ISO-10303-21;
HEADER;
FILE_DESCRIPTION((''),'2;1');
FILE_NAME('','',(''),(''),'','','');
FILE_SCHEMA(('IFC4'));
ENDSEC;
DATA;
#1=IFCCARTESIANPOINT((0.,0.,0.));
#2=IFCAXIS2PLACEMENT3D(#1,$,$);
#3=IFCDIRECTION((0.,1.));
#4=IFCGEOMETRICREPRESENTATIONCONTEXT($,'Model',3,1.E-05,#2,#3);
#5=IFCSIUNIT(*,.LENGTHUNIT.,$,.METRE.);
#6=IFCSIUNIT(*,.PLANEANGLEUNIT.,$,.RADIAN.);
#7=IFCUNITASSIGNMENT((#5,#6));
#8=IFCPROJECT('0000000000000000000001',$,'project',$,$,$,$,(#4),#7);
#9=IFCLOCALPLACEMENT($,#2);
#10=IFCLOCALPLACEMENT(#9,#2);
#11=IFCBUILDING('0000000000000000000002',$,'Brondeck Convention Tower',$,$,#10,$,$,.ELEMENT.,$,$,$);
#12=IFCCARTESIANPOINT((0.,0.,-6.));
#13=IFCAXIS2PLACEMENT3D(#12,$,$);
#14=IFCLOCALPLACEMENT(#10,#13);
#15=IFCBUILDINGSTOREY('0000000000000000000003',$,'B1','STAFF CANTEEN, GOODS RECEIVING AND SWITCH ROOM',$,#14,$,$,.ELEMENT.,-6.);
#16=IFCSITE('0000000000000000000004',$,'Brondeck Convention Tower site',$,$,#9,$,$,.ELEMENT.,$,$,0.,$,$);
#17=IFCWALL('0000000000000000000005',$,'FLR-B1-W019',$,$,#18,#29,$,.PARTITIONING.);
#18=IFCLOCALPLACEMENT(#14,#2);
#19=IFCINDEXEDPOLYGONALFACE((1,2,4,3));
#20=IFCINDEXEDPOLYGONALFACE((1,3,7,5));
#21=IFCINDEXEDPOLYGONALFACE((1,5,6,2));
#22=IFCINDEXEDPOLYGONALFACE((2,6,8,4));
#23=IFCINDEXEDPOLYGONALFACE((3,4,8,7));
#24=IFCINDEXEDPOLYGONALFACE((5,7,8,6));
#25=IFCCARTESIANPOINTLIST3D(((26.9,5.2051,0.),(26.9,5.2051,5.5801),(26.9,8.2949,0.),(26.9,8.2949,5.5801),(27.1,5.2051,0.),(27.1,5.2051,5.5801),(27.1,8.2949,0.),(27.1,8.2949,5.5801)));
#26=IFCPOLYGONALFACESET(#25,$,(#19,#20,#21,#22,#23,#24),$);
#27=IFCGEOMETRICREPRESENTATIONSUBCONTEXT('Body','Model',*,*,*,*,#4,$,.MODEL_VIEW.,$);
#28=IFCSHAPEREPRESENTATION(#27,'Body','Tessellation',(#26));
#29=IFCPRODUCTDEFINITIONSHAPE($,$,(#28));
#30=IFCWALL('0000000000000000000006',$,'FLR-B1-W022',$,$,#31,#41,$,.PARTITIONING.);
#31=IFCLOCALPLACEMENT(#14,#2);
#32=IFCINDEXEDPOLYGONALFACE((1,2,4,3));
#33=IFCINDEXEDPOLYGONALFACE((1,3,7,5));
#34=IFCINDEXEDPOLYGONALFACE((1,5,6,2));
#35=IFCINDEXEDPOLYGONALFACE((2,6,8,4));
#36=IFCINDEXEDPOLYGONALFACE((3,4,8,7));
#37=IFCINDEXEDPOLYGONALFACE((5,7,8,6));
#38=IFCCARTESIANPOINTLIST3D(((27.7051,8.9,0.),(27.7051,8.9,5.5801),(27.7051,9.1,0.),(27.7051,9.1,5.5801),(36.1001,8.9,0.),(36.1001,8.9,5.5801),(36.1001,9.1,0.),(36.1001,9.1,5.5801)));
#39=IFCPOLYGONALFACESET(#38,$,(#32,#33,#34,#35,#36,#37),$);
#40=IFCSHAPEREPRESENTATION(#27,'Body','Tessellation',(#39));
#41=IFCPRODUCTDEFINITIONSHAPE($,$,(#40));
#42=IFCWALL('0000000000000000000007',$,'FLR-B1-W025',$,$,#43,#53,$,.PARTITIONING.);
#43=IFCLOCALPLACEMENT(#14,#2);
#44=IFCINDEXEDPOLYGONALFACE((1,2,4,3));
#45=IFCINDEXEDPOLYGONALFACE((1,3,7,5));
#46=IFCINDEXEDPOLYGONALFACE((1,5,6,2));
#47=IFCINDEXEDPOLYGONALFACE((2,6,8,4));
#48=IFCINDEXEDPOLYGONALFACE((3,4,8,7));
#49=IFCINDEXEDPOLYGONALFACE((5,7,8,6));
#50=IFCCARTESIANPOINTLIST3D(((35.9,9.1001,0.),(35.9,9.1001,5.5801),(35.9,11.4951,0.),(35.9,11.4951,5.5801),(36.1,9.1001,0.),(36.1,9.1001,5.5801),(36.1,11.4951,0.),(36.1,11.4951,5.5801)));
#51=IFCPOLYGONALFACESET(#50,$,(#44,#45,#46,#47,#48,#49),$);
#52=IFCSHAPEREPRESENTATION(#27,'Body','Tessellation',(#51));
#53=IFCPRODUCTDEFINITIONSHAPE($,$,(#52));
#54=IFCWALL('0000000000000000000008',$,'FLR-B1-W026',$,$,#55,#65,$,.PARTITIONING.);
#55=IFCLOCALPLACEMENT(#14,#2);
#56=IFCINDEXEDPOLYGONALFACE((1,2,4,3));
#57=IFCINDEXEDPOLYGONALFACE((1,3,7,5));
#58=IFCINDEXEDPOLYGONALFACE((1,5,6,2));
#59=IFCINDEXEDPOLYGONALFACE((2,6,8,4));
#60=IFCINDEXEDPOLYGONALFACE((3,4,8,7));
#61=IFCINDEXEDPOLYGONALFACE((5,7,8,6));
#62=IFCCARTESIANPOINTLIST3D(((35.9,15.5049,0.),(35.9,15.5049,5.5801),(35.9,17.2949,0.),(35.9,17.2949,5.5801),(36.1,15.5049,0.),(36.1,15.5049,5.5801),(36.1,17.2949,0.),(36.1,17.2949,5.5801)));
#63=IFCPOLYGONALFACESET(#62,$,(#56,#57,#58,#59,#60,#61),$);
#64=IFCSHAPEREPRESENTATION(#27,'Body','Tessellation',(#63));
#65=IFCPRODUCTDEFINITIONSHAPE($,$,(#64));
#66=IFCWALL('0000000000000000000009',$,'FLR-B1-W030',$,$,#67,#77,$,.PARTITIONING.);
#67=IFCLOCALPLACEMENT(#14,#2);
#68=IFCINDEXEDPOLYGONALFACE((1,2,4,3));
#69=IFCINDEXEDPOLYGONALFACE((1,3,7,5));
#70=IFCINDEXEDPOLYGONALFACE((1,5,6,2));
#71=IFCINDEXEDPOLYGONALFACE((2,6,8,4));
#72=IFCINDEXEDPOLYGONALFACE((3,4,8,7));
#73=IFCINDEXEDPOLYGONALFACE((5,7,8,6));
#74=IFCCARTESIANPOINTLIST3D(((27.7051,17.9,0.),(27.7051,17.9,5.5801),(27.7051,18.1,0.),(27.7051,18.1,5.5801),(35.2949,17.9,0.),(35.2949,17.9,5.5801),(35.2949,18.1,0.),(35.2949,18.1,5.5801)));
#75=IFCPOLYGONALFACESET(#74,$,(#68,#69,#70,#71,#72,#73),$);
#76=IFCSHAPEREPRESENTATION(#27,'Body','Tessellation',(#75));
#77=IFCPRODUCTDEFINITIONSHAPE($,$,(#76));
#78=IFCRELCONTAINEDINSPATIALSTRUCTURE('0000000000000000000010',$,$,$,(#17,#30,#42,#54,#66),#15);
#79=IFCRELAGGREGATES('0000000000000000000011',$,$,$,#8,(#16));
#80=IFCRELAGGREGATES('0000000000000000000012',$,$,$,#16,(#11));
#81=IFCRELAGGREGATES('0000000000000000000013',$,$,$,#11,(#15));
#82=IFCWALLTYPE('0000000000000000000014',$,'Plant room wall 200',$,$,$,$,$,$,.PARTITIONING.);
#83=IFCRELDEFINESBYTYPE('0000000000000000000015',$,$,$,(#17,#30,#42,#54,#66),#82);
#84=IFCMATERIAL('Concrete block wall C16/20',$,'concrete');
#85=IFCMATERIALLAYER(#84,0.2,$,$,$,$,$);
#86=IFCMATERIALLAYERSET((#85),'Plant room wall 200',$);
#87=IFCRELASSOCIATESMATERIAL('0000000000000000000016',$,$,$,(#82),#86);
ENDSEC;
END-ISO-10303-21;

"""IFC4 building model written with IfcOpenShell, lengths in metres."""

from ifc_helpers import new_model, si_unit, direction, frame, frame_2d, origin, place, context, subcontext, project, spatial, rectangle, extrude, material, layer, layer_set, type_object, element, save


model = new_model("IFC4")

# Units and contexts
model_context = context("Model", 3, precision=1e-05, world=origin(), true_north=direction((0.0, 1.0)))
body_context = subcontext(model_context, "Body", "Model", "MODEL_VIEW")
ifc_project = project(units=[si_unit("LENGTHUNIT", "METRE"), si_unit("PLANEANGLEUNIT", "RADIAN")], contexts=[model_context])

# Site, building, storey
site_placement = place(None, origin())
site = spatial("IfcSite", under=ifc_project, at=site_placement, Name="Brondeck Convention Tower site", CompositionType="ELEMENT", RefElevation=0.0)
building_placement = place(site_placement, origin())
building = spatial("IfcBuilding", under=site, at=building_placement, Name="Brondeck Convention Tower", CompositionType="ELEMENT")
storey_placement = place(building_placement, frame((0.0, 0.0, -6.0)))
storey = spatial("IfcBuildingStorey", under=building, at=storey_placement, Name="B1", Description="STAFF CANTEEN, GOODS RECEIVING AND SWITCH ROOM", CompositionType="ELEMENT", Elevation=-6.0)

# Walls
ifc_material_1 = material(Name="Concrete block wall C16/20", Category="concrete")
ifc_layer = layer(ifc_material_1, 0.2)
ifc_layer_set = layer_set([ifc_layer], Name="Plant room wall 200")
wall_type = type_object("IfcWallType", Name="Plant room wall 200", PredefinedType="PARTITIONING", material=ifc_layer_set)
wall_1_placement = place(storey_placement, frame((27.0, 8.2949, 0.0), z_axis=(0.0, 0.0, 1.0), x_axis=(0.0, -1.0, 0.0)))
element("IfcWall", 1, at=wall_1_placement, inside=storey, type_object=wall_type, Name="FLR-B1-W019", PredefinedType="PARTITIONING", context=body_context, shape_type="SweptSolid", body=[
    extrude(rectangle(XDim=3.0898, YDim=0.2, at=frame_2d((1.5449, 0.0))), origin(), (0.0, 0.0, 1.0), 5.5801),
])
wall_2_placement = place(storey_placement, frame((36.1001, 9.0, 0.0), z_axis=(0.0, 0.0, 1.0), x_axis=(-1.0, 0.0, 0.0)))
element("IfcWall", 2, at=wall_2_placement, inside=storey, type_object=wall_type, Name="FLR-B1-W022", PredefinedType="PARTITIONING", context=body_context, shape_type="SweptSolid", body=[
    extrude(rectangle(XDim=8.395, YDim=0.2, at=frame_2d((4.1975, 0.0))), origin(), (0.0, 0.0, 1.0), 5.5801),
])
wall_3_placement = place(storey_placement, frame((36.0, 11.4951, 0.0), z_axis=(0.0, 0.0, 1.0), x_axis=(0.0, -1.0, 0.0)))
element("IfcWall", 3, at=wall_3_placement, inside=storey, type_object=wall_type, Name="FLR-B1-W025", PredefinedType="PARTITIONING", context=body_context, shape_type="SweptSolid", body=[
    extrude(rectangle(XDim=2.395, YDim=0.2, at=frame_2d((1.1975, 0.0))), origin(), (0.0, 0.0, 1.0), 5.5801),
])
wall_4_placement = place(storey_placement, frame((36.0, 17.2949, 0.0), z_axis=(0.0, 0.0, 1.0), x_axis=(0.0, -1.0, 0.0)))
element("IfcWall", 4, at=wall_4_placement, inside=storey, type_object=wall_type, Name="FLR-B1-W026", PredefinedType="PARTITIONING", context=body_context, shape_type="SweptSolid", body=[
    extrude(rectangle(XDim=1.79, YDim=0.2, at=frame_2d((0.895, 0.0))), origin(), (0.0, 0.0, 1.0), 5.5801),
])
wall_5_placement = place(storey_placement, frame((27.7051, 18.0, 0.0), z_axis=(0.0, 0.0, 1.0), x_axis=(1.0, 0.0, 0.0)))
element("IfcWall", 5, at=wall_5_placement, inside=storey, type_object=wall_type, Name="FLR-B1-W030", PredefinedType="PARTITIONING", context=body_context, shape_type="SweptSolid", body=[
    extrude(rectangle(XDim=7.5898, YDim=0.2, at=frame_2d((3.7949, 0.0))), origin(), (0.0, 0.0, 1.0), 5.5801),
])

save(model, "model.ifc")
